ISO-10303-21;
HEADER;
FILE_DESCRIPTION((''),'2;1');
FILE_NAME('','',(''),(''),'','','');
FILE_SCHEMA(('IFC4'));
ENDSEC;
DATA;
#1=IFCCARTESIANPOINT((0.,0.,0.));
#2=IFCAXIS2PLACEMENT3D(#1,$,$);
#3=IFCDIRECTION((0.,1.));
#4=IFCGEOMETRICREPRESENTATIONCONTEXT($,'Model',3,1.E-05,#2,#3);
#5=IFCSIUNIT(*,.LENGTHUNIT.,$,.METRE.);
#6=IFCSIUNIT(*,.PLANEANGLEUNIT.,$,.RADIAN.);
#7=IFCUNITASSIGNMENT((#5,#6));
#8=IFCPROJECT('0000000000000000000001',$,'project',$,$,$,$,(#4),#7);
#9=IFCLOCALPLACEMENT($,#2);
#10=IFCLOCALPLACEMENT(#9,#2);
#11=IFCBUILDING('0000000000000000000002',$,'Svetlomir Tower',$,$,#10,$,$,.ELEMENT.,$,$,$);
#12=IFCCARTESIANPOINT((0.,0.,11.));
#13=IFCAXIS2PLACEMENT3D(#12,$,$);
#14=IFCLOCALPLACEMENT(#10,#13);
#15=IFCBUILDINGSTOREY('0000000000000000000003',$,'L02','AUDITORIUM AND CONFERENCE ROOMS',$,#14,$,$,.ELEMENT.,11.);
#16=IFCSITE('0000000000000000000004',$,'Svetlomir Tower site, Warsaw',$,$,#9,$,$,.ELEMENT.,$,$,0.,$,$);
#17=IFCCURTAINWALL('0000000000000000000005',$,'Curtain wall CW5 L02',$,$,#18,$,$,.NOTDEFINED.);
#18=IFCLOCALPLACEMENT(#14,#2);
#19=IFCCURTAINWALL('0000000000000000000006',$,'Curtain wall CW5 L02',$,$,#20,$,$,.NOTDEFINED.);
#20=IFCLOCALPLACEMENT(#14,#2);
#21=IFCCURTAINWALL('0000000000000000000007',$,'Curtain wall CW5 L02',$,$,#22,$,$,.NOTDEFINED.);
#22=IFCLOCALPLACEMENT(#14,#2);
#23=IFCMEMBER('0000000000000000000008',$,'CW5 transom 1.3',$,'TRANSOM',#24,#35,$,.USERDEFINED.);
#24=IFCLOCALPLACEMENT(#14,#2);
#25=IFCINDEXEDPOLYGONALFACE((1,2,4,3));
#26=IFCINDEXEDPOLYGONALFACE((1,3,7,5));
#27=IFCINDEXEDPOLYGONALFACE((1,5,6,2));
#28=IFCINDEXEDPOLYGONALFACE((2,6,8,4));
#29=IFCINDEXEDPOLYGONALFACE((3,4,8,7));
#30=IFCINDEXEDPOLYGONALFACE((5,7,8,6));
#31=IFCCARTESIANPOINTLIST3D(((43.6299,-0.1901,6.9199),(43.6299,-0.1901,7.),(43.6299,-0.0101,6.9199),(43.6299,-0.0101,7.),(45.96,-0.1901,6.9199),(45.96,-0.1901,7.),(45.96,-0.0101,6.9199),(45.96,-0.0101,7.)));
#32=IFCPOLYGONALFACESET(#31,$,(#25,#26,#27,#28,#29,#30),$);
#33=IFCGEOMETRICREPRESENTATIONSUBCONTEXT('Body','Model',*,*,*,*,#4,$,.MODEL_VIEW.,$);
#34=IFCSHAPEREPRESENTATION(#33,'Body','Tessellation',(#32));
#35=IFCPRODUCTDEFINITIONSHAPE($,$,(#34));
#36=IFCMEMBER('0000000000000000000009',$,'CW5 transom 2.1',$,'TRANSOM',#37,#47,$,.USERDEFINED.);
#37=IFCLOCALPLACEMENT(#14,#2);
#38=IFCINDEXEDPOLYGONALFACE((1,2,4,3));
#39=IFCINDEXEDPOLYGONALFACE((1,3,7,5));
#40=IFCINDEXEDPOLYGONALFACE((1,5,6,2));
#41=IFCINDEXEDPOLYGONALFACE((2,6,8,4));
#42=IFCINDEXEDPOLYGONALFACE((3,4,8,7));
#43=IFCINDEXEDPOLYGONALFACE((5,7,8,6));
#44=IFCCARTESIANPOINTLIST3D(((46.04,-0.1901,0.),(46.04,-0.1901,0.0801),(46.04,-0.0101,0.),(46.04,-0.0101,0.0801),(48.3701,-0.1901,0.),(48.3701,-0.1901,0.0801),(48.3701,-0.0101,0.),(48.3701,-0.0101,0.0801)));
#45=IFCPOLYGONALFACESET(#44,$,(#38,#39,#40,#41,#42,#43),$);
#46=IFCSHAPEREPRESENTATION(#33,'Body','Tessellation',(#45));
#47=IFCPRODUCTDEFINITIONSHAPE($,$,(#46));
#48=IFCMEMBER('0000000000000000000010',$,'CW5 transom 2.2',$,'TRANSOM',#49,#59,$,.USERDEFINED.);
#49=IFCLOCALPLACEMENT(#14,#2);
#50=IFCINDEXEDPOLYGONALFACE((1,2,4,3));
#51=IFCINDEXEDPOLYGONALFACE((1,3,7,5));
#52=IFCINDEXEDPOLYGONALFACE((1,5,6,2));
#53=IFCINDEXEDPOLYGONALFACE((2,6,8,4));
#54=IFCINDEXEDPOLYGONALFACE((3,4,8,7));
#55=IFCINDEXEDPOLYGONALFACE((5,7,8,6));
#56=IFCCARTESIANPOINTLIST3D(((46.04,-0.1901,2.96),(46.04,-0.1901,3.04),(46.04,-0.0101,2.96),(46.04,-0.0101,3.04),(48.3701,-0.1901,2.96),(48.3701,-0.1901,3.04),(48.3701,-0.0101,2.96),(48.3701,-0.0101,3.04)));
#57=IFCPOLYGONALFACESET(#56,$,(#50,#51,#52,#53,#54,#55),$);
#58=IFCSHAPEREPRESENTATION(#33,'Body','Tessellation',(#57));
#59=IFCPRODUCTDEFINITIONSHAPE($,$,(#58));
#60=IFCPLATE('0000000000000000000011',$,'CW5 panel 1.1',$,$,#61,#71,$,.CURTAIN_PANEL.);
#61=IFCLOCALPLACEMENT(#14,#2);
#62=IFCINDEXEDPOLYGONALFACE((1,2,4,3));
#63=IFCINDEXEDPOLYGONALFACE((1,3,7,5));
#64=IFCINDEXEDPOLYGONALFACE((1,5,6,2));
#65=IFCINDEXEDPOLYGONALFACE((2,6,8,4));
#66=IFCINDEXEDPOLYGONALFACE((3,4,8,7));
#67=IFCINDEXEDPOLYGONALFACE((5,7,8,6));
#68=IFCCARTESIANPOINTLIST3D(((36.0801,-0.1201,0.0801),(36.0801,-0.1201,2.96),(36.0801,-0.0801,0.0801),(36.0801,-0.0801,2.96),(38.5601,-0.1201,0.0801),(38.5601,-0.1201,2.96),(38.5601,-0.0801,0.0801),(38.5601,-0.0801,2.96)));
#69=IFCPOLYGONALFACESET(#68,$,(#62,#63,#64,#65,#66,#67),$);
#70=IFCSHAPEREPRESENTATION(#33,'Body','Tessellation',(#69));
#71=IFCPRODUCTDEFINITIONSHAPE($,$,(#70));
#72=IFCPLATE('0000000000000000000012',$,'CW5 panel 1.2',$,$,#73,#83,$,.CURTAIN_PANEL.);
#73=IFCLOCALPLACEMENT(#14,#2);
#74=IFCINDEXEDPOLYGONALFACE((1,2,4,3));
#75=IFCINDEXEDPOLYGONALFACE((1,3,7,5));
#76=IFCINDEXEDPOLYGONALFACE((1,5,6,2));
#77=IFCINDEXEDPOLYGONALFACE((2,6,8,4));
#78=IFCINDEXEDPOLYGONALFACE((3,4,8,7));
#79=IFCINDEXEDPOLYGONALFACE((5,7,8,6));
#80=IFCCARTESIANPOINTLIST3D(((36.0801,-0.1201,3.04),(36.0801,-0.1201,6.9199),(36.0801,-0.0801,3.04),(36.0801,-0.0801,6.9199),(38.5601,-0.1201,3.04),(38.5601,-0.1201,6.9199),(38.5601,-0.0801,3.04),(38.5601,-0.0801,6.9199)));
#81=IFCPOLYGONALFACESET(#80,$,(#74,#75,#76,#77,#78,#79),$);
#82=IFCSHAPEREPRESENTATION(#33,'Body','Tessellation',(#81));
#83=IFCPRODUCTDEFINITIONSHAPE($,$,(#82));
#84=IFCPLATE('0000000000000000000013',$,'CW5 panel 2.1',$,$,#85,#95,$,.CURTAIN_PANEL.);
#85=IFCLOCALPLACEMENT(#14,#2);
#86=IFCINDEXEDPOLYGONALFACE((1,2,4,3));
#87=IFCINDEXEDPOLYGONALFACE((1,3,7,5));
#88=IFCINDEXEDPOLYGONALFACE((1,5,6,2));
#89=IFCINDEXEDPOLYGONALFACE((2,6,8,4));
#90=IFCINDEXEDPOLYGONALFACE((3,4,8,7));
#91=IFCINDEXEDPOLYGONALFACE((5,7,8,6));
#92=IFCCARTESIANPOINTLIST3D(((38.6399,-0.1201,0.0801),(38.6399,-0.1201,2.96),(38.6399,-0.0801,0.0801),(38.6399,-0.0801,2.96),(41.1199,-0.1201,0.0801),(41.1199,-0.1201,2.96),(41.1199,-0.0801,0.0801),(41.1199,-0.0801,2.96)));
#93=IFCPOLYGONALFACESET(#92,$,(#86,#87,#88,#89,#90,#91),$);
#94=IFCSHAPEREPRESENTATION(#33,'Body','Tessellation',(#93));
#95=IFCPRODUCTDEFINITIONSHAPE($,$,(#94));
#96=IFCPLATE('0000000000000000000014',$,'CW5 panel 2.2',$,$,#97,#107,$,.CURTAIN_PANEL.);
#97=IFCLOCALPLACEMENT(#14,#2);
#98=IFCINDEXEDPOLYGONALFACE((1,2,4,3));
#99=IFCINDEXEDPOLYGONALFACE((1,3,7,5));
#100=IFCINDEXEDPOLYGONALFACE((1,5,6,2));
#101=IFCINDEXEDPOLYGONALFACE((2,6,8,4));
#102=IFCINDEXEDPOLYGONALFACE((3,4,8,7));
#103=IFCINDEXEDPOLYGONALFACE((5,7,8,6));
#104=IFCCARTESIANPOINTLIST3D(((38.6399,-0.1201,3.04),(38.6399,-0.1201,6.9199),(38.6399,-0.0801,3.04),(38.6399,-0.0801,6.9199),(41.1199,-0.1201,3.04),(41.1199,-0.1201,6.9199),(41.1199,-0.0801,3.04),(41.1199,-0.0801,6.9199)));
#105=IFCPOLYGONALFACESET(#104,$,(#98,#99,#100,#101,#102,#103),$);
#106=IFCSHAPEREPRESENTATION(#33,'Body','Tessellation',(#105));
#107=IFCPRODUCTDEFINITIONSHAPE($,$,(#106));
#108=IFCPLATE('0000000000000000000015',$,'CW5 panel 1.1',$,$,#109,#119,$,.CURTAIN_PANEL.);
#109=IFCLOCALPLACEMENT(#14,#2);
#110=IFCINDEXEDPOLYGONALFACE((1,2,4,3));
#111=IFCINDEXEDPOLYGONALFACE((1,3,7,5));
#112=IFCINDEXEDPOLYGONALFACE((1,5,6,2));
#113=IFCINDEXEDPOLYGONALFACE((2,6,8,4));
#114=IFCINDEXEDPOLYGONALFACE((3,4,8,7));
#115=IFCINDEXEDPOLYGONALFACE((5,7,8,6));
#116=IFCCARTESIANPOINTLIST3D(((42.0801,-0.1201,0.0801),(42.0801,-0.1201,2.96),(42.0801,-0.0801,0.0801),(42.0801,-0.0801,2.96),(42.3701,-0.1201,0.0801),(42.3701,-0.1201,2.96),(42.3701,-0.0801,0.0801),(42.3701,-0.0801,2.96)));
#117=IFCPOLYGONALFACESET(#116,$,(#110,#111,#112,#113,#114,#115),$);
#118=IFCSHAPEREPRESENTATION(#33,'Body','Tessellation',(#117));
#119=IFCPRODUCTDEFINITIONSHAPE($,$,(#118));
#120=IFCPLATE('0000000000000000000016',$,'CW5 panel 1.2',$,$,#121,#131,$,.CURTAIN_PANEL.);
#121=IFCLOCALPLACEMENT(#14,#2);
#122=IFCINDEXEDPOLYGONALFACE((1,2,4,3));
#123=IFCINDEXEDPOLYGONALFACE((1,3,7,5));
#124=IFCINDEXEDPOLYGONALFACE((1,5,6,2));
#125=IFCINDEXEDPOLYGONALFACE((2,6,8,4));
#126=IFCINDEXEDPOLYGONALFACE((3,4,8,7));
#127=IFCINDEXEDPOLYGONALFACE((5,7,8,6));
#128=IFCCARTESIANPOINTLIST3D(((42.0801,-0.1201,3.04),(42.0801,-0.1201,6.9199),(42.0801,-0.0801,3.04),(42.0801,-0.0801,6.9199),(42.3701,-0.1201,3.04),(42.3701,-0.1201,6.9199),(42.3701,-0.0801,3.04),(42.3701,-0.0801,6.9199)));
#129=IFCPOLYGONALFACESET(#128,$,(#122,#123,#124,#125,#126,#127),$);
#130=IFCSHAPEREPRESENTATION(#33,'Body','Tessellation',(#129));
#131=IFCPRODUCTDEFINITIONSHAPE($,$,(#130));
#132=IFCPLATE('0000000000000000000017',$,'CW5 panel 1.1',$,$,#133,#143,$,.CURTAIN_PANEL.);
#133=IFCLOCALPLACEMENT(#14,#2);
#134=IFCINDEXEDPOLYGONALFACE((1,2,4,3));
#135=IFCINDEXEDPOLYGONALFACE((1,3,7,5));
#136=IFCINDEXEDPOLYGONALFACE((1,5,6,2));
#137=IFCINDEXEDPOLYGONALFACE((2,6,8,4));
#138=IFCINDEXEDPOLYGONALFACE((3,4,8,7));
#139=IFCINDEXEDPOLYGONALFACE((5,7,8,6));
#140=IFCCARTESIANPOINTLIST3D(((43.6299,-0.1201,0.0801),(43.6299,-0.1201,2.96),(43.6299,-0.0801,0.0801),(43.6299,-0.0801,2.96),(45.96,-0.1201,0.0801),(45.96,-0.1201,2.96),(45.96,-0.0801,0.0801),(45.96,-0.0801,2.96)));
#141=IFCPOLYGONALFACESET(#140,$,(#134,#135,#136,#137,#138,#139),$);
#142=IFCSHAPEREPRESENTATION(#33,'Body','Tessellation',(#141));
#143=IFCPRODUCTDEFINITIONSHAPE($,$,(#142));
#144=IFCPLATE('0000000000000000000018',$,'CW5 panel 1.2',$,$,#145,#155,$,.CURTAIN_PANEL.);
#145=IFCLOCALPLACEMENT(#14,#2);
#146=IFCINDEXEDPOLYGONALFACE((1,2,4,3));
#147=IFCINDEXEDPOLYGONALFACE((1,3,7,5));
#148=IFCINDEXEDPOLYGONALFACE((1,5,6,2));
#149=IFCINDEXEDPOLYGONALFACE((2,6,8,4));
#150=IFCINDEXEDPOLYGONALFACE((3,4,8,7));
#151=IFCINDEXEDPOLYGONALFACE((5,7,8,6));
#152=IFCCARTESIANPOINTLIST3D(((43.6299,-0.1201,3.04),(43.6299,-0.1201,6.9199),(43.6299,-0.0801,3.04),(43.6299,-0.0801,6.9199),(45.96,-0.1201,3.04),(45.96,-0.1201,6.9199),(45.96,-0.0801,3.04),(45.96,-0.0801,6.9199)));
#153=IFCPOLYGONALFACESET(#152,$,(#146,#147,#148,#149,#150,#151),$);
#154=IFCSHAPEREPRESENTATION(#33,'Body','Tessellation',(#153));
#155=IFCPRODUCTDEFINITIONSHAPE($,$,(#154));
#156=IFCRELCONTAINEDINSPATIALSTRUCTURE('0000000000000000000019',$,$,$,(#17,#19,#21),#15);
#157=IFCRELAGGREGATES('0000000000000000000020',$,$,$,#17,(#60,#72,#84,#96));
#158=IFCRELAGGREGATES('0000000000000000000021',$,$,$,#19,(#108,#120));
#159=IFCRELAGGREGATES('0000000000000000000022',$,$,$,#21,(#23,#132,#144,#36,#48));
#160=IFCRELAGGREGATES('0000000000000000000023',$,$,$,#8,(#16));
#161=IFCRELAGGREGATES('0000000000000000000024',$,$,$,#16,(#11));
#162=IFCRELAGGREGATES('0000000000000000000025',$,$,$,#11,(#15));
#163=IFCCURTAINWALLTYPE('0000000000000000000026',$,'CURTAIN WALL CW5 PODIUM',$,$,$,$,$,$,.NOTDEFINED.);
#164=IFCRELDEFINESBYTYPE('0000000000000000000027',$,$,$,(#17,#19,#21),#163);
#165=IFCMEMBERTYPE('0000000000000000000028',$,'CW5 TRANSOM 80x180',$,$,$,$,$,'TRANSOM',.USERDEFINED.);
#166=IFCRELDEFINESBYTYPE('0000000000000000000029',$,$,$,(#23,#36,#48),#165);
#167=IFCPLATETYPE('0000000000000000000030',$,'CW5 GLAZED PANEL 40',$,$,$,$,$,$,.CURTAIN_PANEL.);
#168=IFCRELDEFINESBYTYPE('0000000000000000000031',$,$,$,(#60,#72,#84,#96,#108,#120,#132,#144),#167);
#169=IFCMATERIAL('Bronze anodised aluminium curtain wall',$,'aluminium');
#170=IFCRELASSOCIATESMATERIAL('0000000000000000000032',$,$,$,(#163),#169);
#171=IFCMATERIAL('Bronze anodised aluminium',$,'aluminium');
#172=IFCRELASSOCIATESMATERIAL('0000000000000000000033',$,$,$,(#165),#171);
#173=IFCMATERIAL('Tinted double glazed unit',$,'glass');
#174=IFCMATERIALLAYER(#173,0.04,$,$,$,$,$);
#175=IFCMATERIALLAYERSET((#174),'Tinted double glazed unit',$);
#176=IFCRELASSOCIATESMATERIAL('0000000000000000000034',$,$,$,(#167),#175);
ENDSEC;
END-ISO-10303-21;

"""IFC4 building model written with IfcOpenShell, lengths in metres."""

from ifc_helpers import new_model, si_unit, direction, frame, origin, origin_2d, place, context, subcontext, project, spatial, rectangle, extrude, material, layer, layer_set, material_profile, profile_set, type_object, element, aggregate, save


model = new_model("IFC4")

# Units and contexts
model_context = context("Model", 3, precision=1e-05, world=origin(), true_north=direction((0.0, 1.0)))
body_context = subcontext(model_context, "Body", "Model", "MODEL_VIEW")
ifc_project = project(units=[si_unit("LENGTHUNIT", "METRE"), si_unit("PLANEANGLEUNIT", "RADIAN")], contexts=[model_context])

# Site, building, storey
site_placement = place(None, origin())
site = spatial("IfcSite", under=ifc_project, at=site_placement, Name="Svetlomir Tower site, Warsaw", CompositionType="ELEMENT", RefElevation=0.0)
building_placement = place(site_placement, origin())
building = spatial("IfcBuilding", under=site, at=building_placement, Name="Svetlomir Tower", CompositionType="ELEMENT")
storey_placement = place(building_placement, frame((0.0, 0.0, 11.0)))
storey = spatial("IfcBuildingStorey", under=building, at=storey_placement, Name="L02", Description="AUDITORIUM AND CONFERENCE ROOMS", CompositionType="ELEMENT", Elevation=11.0)

# Curtain walls
ifc_material_1 = material(Name="Bronze anodised aluminium curtain wall", Category="aluminium")
curtain_wall_type = type_object("IfcCurtainWallType", Name="CURTAIN WALL CW5 PODIUM", PredefinedType="NOTDEFINED", material=ifc_material_1)
curtain_wall_1_placement = place(storey_placement, origin())
curtain_wall_1 = element("IfcCurtainWall", 1, at=curtain_wall_1_placement, inside=storey, type_object=curtain_wall_type, Name="Curtain wall CW5 L02", PredefinedType="NOTDEFINED")
curtain_wall_2_placement = place(storey_placement, origin())
curtain_wall_2 = element("IfcCurtainWall", 2, at=curtain_wall_2_placement, inside=storey, type_object=curtain_wall_type, Name="Curtain wall CW5 L02", PredefinedType="NOTDEFINED")
curtain_wall_3_placement = place(storey_placement, origin())
curtain_wall_3 = element("IfcCurtainWall", 3, at=curtain_wall_3_placement, inside=storey, type_object=curtain_wall_type, Name="Curtain wall CW5 L02", PredefinedType="NOTDEFINED")

# Members
ifc_material_2 = material(Name="Bronze anodised aluminium", Category="aluminium")
ifc_material_profile_1 = material_profile(ifc_material_2, rectangle(XDim=0.1799, YDim=0.0801, at=origin_2d()), Name="AL 180x80")
ifc_profile_set_1 = profile_set([ifc_material_profile_1], Name="Bronze anodised aluminium 6063-T6")
member_type_1 = type_object("IfcMemberType", Name="CW5 TRANSOM 80x180", ElementType="TRANSOM", PredefinedType="USERDEFINED", material=ifc_profile_set_1)
member_1_placement = place(storey_placement, frame((43.6299, -0.1001, 6.96), z_axis=(1.0, 0.0, 0.0), x_axis=(0.0, 1.0, 0.0)))
member_1 = element("IfcMember", 4, at=member_1_placement, type_object=member_type_1, Name="CW5 transom 1.3", ObjectType="TRANSOM", PredefinedType="USERDEFINED", context=body_context, shape_type="SweptSolid", body=[
    extrude(rectangle(XDim=0.1799, YDim=0.0801, at=origin_2d()), origin(), (0.0, 0.0, 1.0), 2.3301),
])
member_2_placement = place(storey_placement, frame((46.04, -0.1001, 0.04), z_axis=(1.0, 0.0, 0.0), x_axis=(0.0, 1.0, 0.0)))
member_2 = element("IfcMember", 5, at=member_2_placement, type_object=member_type_1, Name="CW5 transom 2.1", ObjectType="TRANSOM", PredefinedType="USERDEFINED", context=body_context, shape_type="SweptSolid", body=[
    extrude(rectangle(XDim=0.1799, YDim=0.0801, at=origin_2d()), origin(), (0.0, 0.0, 1.0), 2.3301),
])
member_3_placement = place(storey_placement, frame((46.04, -0.1001, 3.0), z_axis=(1.0, 0.0, 0.0), x_axis=(0.0, 1.0, 0.0)))
member_3 = element("IfcMember", 6, at=member_3_placement, type_object=member_type_1, Name="CW5 transom 2.2", ObjectType="TRANSOM", PredefinedType="USERDEFINED", context=body_context, shape_type="SweptSolid", body=[
    extrude(rectangle(XDim=0.1799, YDim=0.0801, at=origin_2d()), origin(), (0.0, 0.0, 1.0), 2.3301),
])

# Plates
ifc_material_3 = material(Name="Tinted double glazed unit", Category="glass")
ifc_layer = layer(ifc_material_3, 0.04)
ifc_layer_set = layer_set([ifc_layer], Name="Tinted double glazed unit")
plate_type = type_object("IfcPlateType", Name="CW5 GLAZED PANEL 40", PredefinedType="CURTAIN_PANEL", material=ifc_layer_set)
plate_1_placement = place(storey_placement, frame((37.3201, -0.1001, 0.0801), z_axis=(0.0, 0.0, 1.0), x_axis=(1.0, 0.0, 0.0)))
plate_1 = element("IfcPlate", 7, at=plate_1_placement, type_object=plate_type, Name="CW5 panel 1.1", PredefinedType="CURTAIN_PANEL", context=body_context, shape_type="SweptSolid", body=[
    extrude(rectangle(XDim=2.48, YDim=0.04, at=origin_2d()), origin(), (0.0, 0.0, 1.0), 2.8799),
])
plate_2_placement = place(storey_placement, frame((37.3201, -0.1001, 3.04), z_axis=(0.0, 0.0, 1.0), x_axis=(1.0, 0.0, 0.0)))
plate_2 = element("IfcPlate", 8, at=plate_2_placement, type_object=plate_type, Name="CW5 panel 1.2", PredefinedType="CURTAIN_PANEL", context=body_context, shape_type="SweptSolid", body=[
    extrude(rectangle(XDim=2.48, YDim=0.04, at=origin_2d()), origin(), (0.0, 0.0, 1.0), 3.8799),
])
plate_3_placement = place(storey_placement, frame((39.8799, -0.1001, 0.0801), z_axis=(0.0, 0.0, 1.0), x_axis=(1.0, 0.0, 0.0)))
plate_3 = element("IfcPlate", 9, at=plate_3_placement, type_object=plate_type, Name="CW5 panel 2.1", PredefinedType="CURTAIN_PANEL", context=body_context, shape_type="SweptSolid", body=[
    extrude(rectangle(XDim=2.48, YDim=0.04, at=origin_2d()), origin(), (0.0, 0.0, 1.0), 2.8799),
])
plate_4_placement = place(storey_placement, frame((39.8799, -0.1001, 3.04), z_axis=(0.0, 0.0, 1.0), x_axis=(1.0, 0.0, 0.0)))
plate_4 = element("IfcPlate", 10, at=plate_4_placement, type_object=plate_type, Name="CW5 panel 2.2", PredefinedType="CURTAIN_PANEL", context=body_context, shape_type="SweptSolid", body=[
    extrude(rectangle(XDim=2.48, YDim=0.04, at=origin_2d()), origin(), (0.0, 0.0, 1.0), 3.8799),
])
aggregate(curtain_wall_1, [plate_1, plate_2, plate_3, plate_4])
plate_5_placement = place(storey_placement, frame((42.2251, -0.1001, 0.0801), z_axis=(0.0, 0.0, 1.0), x_axis=(1.0, 0.0, 0.0)))
plate_5 = element("IfcPlate", 11, at=plate_5_placement, type_object=plate_type, Name="CW5 panel 1.1", PredefinedType="CURTAIN_PANEL", context=body_context, shape_type="SweptSolid", body=[
    extrude(rectangle(XDim=0.29, YDim=0.04, at=origin_2d()), origin(), (0.0, 0.0, 1.0), 2.8799),
])
plate_6_placement = place(storey_placement, frame((42.2251, -0.1001, 3.04), z_axis=(0.0, 0.0, 1.0), x_axis=(1.0, 0.0, 0.0)))
plate_6 = element("IfcPlate", 12, at=plate_6_placement, type_object=plate_type, Name="CW5 panel 1.2", PredefinedType="CURTAIN_PANEL", context=body_context, shape_type="SweptSolid", body=[
    extrude(rectangle(XDim=0.29, YDim=0.04, at=origin_2d()), origin(), (0.0, 0.0, 1.0), 3.8799),
])
aggregate(curtain_wall_2, [plate_5, plate_6])
plate_7_placement = place(storey_placement, frame((44.7949, -0.1001, 0.0801), z_axis=(0.0, 0.0, 1.0), x_axis=(1.0, 0.0, 0.0)))
plate_7 = element("IfcPlate", 13, at=plate_7_placement, type_object=plate_type, Name="CW5 panel 1.1", PredefinedType="CURTAIN_PANEL", context=body_context, shape_type="SweptSolid", body=[
    extrude(rectangle(XDim=2.3301, YDim=0.04, at=origin_2d()), origin(), (0.0, 0.0, 1.0), 2.8799),
])
plate_8_placement = place(storey_placement, frame((44.7949, -0.1001, 3.04), z_axis=(0.0, 0.0, 1.0), x_axis=(1.0, 0.0, 0.0)))
plate_8 = element("IfcPlate", 14, at=plate_8_placement, type_object=plate_type, Name="CW5 panel 1.2", PredefinedType="CURTAIN_PANEL", context=body_context, shape_type="SweptSolid", body=[
    extrude(rectangle(XDim=2.3301, YDim=0.04, at=origin_2d()), origin(), (0.0, 0.0, 1.0), 3.8799),
])
aggregate(curtain_wall_3, [member_1, plate_7, plate_8, member_2, member_3])

save(model, "model.ifc")
